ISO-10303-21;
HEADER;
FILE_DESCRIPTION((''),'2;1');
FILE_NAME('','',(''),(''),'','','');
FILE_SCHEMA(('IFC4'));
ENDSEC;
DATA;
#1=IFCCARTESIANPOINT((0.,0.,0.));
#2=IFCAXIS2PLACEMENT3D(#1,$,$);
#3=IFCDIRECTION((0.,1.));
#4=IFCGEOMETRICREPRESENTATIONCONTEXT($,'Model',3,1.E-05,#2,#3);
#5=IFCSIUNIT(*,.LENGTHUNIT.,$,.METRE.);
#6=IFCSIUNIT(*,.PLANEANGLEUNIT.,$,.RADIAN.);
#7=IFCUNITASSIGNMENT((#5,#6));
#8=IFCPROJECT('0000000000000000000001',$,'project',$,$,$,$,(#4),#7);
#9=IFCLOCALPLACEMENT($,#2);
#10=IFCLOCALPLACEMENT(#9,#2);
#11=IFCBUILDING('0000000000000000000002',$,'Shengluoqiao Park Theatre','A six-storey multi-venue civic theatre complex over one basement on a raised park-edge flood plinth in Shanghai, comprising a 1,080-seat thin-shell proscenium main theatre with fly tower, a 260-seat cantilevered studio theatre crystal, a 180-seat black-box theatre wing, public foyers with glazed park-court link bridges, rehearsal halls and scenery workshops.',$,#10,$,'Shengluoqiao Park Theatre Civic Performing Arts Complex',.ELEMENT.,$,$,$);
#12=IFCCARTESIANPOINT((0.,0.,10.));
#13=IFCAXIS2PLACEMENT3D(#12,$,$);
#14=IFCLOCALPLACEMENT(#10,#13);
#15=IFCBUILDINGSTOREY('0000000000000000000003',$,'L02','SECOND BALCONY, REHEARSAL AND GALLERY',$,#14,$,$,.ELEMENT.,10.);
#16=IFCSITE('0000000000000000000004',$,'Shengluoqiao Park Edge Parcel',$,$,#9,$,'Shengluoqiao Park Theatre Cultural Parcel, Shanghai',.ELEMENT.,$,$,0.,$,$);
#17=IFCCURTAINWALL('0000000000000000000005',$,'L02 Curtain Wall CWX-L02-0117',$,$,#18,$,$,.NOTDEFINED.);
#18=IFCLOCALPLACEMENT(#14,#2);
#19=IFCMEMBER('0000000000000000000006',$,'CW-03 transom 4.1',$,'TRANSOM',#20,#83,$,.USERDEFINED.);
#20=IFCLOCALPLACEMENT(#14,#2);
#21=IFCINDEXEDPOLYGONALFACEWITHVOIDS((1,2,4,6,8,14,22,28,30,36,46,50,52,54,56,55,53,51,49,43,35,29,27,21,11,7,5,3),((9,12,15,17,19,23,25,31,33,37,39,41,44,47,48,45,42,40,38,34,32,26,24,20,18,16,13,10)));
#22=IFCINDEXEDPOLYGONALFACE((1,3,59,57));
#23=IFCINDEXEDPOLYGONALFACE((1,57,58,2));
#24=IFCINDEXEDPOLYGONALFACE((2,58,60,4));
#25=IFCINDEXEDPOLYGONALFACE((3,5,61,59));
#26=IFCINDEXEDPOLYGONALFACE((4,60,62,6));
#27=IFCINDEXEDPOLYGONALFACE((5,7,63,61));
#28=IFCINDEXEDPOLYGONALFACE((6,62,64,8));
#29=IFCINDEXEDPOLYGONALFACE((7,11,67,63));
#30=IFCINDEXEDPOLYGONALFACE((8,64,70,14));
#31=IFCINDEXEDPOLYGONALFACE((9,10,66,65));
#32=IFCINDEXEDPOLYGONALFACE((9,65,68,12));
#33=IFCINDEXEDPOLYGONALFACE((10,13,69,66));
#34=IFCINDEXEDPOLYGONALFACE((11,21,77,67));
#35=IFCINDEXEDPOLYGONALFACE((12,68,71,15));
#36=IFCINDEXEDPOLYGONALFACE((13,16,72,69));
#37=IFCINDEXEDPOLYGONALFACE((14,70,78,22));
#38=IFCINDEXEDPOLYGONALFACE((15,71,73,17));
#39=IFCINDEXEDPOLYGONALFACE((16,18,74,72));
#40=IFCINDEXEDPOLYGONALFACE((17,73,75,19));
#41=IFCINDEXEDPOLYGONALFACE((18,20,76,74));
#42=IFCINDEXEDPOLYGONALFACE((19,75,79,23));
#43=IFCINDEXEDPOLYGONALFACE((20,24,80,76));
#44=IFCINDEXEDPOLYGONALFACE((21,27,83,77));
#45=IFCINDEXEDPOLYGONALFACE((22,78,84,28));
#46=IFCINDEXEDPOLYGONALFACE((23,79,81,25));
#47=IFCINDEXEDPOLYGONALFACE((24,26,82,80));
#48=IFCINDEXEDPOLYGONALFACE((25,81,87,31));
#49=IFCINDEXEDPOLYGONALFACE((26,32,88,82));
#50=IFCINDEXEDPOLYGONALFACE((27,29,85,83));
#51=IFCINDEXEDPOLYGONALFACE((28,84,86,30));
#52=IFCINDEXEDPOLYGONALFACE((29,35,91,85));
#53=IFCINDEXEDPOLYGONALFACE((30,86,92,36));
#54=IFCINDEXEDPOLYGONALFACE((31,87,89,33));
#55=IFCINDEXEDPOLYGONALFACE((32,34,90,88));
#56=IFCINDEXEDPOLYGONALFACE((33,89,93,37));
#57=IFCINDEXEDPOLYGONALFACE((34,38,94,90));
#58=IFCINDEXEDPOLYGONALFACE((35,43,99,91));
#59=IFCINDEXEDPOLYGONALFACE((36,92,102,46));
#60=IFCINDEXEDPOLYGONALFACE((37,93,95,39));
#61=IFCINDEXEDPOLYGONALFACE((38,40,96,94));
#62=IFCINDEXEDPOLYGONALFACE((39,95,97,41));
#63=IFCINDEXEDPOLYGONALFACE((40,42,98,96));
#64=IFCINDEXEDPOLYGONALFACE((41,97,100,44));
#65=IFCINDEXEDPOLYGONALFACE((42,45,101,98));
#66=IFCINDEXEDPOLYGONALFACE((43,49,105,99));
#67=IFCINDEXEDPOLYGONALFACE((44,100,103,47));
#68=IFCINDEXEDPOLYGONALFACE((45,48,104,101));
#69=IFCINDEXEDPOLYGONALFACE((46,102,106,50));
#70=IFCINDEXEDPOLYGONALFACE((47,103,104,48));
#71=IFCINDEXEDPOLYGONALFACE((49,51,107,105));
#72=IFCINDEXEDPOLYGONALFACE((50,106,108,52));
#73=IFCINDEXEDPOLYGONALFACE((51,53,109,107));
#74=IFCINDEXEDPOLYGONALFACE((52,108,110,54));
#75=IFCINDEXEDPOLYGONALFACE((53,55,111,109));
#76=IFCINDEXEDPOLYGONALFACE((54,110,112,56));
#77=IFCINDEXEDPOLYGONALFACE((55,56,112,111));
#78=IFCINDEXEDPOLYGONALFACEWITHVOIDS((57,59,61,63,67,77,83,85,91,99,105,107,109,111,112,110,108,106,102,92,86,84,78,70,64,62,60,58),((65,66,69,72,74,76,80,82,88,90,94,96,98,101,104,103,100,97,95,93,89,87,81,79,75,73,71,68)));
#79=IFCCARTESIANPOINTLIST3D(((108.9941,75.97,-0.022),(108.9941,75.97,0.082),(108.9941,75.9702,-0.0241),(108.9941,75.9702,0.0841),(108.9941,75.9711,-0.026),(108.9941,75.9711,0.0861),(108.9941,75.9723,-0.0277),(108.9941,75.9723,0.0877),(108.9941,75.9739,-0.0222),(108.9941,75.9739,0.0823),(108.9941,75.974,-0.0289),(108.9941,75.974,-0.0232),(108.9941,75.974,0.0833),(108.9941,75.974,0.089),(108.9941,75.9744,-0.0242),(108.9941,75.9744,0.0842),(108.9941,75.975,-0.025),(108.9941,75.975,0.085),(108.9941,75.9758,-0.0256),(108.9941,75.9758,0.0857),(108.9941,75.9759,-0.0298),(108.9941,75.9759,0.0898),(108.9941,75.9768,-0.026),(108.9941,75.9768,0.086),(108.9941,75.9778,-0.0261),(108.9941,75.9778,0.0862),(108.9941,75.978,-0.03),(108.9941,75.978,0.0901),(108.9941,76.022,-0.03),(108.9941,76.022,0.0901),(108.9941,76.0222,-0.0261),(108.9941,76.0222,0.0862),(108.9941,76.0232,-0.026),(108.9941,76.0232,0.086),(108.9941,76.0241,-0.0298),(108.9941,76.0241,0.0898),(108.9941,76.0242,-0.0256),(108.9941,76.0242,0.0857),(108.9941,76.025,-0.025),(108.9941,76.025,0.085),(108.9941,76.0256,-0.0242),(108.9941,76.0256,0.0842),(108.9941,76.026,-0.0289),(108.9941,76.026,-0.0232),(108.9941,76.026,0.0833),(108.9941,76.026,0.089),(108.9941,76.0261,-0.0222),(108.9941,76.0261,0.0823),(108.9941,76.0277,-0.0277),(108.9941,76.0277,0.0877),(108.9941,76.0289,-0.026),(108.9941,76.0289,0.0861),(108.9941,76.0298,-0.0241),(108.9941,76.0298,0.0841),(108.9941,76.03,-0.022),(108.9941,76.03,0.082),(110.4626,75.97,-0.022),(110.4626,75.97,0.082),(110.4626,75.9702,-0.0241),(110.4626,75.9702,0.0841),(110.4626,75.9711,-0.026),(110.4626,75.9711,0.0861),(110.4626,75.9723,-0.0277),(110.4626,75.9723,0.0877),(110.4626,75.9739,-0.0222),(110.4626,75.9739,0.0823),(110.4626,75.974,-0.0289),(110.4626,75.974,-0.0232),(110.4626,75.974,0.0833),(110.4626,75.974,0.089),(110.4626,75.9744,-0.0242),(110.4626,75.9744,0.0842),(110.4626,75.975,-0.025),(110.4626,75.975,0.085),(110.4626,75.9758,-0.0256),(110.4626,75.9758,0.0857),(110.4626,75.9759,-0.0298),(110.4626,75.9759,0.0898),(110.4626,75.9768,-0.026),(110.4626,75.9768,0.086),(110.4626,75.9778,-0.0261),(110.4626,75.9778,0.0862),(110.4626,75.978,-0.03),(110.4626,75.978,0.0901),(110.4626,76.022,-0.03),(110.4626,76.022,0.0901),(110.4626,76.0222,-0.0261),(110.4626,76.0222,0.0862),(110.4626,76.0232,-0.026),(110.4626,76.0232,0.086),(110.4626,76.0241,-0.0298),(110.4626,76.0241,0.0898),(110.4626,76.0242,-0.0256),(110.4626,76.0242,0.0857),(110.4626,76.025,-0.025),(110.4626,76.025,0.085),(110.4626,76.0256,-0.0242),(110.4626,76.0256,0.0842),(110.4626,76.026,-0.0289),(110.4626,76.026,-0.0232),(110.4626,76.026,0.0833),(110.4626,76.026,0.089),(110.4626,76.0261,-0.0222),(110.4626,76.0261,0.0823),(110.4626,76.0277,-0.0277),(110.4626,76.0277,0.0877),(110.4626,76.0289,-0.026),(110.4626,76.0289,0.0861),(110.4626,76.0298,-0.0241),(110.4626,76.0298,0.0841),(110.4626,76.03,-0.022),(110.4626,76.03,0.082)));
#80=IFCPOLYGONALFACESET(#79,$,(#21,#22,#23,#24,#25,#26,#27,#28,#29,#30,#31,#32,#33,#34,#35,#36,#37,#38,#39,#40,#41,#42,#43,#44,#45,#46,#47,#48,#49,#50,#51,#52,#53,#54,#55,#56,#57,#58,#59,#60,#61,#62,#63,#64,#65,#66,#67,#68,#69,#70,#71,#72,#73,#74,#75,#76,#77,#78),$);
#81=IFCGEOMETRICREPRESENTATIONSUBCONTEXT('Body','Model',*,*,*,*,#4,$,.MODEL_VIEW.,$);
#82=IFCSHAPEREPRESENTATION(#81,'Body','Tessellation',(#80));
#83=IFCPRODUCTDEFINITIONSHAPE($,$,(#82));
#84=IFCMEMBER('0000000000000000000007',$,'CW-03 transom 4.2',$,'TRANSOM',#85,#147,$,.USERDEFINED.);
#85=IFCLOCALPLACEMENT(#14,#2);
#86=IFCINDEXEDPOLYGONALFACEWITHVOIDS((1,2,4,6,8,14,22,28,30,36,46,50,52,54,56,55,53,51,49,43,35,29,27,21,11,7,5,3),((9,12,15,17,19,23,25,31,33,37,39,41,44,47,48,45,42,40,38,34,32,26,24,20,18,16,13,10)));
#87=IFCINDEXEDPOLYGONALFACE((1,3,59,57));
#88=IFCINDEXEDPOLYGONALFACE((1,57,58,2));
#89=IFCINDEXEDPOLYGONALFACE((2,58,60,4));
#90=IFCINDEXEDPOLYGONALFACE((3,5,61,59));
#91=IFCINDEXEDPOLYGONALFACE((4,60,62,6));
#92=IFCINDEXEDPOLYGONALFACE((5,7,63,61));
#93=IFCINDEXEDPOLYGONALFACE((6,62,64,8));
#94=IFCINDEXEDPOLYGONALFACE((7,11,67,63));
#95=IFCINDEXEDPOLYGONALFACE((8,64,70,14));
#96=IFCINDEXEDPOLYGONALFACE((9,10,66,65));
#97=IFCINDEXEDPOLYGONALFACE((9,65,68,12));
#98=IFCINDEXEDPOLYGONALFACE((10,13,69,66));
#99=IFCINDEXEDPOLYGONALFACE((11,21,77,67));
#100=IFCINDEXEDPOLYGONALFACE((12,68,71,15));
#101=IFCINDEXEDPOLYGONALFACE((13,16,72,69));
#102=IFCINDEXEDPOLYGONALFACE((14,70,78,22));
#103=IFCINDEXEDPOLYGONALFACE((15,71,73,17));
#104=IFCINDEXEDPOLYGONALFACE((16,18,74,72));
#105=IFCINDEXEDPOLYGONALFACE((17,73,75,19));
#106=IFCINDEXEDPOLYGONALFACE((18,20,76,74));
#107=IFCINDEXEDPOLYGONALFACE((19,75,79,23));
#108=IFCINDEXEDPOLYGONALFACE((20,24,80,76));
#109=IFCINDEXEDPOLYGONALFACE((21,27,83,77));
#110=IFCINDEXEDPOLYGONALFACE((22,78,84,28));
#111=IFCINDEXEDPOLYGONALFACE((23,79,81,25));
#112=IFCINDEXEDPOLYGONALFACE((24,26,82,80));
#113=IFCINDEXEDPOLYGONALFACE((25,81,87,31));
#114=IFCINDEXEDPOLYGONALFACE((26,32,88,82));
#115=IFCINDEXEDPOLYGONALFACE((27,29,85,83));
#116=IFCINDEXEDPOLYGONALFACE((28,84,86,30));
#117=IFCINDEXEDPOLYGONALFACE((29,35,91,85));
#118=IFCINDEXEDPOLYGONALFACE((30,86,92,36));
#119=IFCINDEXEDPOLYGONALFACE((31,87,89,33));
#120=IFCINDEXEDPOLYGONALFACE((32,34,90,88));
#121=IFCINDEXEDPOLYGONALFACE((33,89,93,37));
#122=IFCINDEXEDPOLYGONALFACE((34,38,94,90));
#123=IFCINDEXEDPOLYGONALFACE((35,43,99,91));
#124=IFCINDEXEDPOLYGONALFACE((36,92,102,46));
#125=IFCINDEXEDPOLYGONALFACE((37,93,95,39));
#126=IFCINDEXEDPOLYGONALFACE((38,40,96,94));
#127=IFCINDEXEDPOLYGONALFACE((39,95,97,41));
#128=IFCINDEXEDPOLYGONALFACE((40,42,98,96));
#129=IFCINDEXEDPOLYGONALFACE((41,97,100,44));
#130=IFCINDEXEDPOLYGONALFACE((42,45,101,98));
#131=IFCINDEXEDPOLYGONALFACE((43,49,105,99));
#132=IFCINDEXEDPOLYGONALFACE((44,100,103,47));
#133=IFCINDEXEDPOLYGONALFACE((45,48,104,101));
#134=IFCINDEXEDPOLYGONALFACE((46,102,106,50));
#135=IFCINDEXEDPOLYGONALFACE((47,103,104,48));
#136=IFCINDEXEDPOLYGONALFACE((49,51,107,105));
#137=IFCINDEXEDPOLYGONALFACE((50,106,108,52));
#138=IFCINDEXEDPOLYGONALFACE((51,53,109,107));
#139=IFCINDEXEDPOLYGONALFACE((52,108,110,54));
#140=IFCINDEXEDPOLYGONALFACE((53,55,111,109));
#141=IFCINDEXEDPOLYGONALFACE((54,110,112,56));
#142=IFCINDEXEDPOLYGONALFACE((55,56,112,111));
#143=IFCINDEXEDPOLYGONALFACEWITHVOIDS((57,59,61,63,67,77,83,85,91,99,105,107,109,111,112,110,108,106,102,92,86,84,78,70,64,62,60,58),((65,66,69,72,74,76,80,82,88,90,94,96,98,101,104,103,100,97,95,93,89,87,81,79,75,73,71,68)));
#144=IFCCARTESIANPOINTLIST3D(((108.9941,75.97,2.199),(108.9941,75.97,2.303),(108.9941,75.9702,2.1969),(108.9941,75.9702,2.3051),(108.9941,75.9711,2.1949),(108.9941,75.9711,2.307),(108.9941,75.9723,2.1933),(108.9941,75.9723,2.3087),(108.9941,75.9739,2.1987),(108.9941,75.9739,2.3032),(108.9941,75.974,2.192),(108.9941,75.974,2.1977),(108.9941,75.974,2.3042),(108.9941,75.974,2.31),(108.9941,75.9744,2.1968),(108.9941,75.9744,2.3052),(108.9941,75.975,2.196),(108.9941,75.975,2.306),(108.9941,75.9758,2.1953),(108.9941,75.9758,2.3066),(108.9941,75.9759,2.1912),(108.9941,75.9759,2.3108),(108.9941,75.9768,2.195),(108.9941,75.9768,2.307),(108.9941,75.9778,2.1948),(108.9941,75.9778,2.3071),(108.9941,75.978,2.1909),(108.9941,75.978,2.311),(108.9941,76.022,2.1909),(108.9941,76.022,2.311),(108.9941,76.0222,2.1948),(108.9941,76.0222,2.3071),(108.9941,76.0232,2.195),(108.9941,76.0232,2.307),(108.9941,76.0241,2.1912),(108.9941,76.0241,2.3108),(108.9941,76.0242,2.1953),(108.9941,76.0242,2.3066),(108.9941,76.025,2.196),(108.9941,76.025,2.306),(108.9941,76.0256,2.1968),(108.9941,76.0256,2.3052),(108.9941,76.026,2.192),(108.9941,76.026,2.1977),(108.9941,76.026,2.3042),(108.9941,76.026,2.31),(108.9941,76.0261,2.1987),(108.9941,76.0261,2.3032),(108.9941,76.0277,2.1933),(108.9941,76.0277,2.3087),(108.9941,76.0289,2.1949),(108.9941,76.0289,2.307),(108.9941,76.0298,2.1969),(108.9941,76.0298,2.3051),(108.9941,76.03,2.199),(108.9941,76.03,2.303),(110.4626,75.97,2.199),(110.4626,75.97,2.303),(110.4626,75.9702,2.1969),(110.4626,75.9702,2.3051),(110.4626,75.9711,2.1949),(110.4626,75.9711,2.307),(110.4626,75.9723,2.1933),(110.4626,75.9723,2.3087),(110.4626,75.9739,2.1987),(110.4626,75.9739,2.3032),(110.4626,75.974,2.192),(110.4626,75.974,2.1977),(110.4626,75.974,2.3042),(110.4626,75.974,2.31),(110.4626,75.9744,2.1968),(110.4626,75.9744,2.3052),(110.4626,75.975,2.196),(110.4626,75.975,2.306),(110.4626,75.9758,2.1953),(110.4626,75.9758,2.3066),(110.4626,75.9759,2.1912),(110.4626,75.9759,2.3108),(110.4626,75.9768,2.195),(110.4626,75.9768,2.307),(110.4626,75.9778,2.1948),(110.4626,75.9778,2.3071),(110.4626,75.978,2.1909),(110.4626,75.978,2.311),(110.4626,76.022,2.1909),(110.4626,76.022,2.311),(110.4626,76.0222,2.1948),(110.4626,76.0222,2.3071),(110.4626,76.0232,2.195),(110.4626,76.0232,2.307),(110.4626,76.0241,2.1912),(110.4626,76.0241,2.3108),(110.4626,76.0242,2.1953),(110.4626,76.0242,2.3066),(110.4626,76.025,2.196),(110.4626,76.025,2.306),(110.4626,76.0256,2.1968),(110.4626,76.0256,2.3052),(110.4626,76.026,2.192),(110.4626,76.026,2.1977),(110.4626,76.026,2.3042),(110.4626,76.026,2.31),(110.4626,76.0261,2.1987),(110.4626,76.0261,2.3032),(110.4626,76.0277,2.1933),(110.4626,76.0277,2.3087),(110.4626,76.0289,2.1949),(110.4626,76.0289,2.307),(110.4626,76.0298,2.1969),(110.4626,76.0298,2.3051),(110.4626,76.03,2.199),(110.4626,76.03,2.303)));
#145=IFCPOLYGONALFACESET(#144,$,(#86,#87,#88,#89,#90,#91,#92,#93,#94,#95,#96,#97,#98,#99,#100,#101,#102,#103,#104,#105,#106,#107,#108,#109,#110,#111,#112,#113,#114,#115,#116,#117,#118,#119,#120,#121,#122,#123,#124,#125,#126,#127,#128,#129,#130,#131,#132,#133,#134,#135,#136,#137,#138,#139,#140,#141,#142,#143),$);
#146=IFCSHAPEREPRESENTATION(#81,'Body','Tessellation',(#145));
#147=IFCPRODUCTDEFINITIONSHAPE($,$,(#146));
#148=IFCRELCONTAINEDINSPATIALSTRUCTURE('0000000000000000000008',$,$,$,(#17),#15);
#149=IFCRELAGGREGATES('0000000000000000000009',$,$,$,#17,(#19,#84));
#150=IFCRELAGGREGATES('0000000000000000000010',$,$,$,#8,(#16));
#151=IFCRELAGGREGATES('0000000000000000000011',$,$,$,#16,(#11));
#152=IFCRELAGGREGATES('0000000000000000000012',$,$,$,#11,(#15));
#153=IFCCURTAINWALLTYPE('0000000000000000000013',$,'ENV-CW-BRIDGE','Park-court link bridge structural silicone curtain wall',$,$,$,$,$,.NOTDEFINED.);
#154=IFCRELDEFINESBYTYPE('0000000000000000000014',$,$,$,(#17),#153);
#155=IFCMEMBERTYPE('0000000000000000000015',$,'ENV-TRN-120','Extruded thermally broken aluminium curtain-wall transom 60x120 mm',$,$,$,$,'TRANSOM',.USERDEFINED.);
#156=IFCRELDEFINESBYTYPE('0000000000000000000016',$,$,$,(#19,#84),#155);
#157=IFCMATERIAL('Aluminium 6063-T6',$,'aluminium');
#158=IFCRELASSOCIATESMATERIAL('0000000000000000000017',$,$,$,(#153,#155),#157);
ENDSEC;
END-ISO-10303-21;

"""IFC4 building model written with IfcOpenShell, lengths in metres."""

from ifc_helpers import new_model, si_unit, direction, frame, origin, origin_2d, place, context, subcontext, project, spatial, hollow_rectangle, extrude, material, material_profile, profile_set, type_object, element, aggregate, save


model = new_model("IFC4")

# Units and contexts
model_context = context("Model", 3, precision=1e-05, world=origin(), true_north=direction((0.0, 1.0)))
body_context = subcontext(model_context, "Body", "Model", "MODEL_VIEW")
ifc_project = project(units=[si_unit("LENGTHUNIT", "METRE"), si_unit("PLANEANGLEUNIT", "RADIAN")], contexts=[model_context])

# Site, building, storey
site_placement = place(None, origin())
site = spatial("IfcSite", under=ifc_project, at=site_placement, Name="Shengluoqiao Park Edge Parcel", LongName="Shengluoqiao Park Theatre Cultural Parcel, Shanghai", CompositionType="ELEMENT", RefElevation=0.0)
building_placement = place(site_placement, origin())
building = spatial("IfcBuilding", under=site, at=building_placement, Name="Shengluoqiao Park Theatre", Description="A six-storey multi-venue civic theatre complex over one basement on a raised park-edge flood plinth in Shanghai, comprising a 1,080-seat thin-shell proscenium main theatre with fly tower, a 260-seat cantilevered studio theatre crystal, a 180-seat black-box theatre wing, public foyers with glazed park-court link bridges, rehearsal halls and scenery workshops.", LongName="Shengluoqiao Park Theatre Civic Performing Arts Complex", CompositionType="ELEMENT")
storey_placement = place(building_placement, frame((0.0, 0.0, 10.0)))
storey = spatial("IfcBuildingStorey", under=building, at=storey_placement, Name="L02", Description="SECOND BALCONY, REHEARSAL AND GALLERY", CompositionType="ELEMENT", Elevation=10.0)

# Curtain wall
ifc_material_1 = material(Name="Aluminium 6063-T6", Category="aluminium")
curtain_wall_type = type_object("IfcCurtainWallType", Name="ENV-CW-BRIDGE", Description="Park-court link bridge structural silicone curtain wall", PredefinedType="NOTDEFINED", material=ifc_material_1)
curtain_wall_1_placement = place(storey_placement, origin())
curtain_wall_1 = element("IfcCurtainWall", 1, at=curtain_wall_1_placement, inside=storey, type_object=curtain_wall_type, Name="L02 Curtain Wall CWX-L02-0117", PredefinedType="NOTDEFINED")

# Members
ifc_material_profile_1 = material_profile(ifc_material_1, hollow_rectangle(XDim=0.0601, YDim=0.1201, WallThickness=0.0039, InnerFilletRadius=0.0039, OuterFilletRadius=0.0081, at=origin_2d()), Name="ALU TRANSOM 120x60x4")
ifc_profile_set_1 = profile_set([ifc_material_profile_1], Name="Aluminium 6063-T6")
member_type_1 = type_object("IfcMemberType", Name="ENV-TRN-120", Description="Extruded thermally broken aluminium curtain-wall transom 60x120 mm", ElementType="TRANSOM", PredefinedType="USERDEFINED", material=ifc_profile_set_1)
member_1_placement = place(storey_placement, frame((108.9941, 76.0, 0.03), z_axis=(1.0, 0.0, 0.0), x_axis=(0.0, 1.0, 0.0)))
member_1 = element("IfcMember", 2, at=member_1_placement, type_object=member_type_1, Name="CW-03 transom 4.1", ObjectType="TRANSOM", PredefinedType="USERDEFINED", context=body_context, shape_type="SweptSolid", body=[
    extrude(hollow_rectangle(XDim=0.0601, YDim=0.1201, WallThickness=0.0039, InnerFilletRadius=0.0039, OuterFilletRadius=0.0081, at=origin_2d()), origin(), (0.0, 0.0, 1.0), 1.4685),
])
member_2_placement = place(storey_placement, frame((108.9941, 76.0, 2.251), z_axis=(1.0, 0.0, 0.0), x_axis=(0.0, 1.0, 0.0)))
member_2 = element("IfcMember", 3, at=member_2_placement, type_object=member_type_1, Name="CW-03 transom 4.2", ObjectType="TRANSOM", PredefinedType="USERDEFINED", context=body_context, shape_type="SweptSolid", body=[
    extrude(hollow_rectangle(XDim=0.0601, YDim=0.1201, WallThickness=0.0039, InnerFilletRadius=0.0039, OuterFilletRadius=0.0081, at=origin_2d()), origin(), (0.0, 0.0, 1.0), 1.4685),
])

aggregate(curtain_wall_1, [member_1, member_2])

save(model, "model.ifc")
